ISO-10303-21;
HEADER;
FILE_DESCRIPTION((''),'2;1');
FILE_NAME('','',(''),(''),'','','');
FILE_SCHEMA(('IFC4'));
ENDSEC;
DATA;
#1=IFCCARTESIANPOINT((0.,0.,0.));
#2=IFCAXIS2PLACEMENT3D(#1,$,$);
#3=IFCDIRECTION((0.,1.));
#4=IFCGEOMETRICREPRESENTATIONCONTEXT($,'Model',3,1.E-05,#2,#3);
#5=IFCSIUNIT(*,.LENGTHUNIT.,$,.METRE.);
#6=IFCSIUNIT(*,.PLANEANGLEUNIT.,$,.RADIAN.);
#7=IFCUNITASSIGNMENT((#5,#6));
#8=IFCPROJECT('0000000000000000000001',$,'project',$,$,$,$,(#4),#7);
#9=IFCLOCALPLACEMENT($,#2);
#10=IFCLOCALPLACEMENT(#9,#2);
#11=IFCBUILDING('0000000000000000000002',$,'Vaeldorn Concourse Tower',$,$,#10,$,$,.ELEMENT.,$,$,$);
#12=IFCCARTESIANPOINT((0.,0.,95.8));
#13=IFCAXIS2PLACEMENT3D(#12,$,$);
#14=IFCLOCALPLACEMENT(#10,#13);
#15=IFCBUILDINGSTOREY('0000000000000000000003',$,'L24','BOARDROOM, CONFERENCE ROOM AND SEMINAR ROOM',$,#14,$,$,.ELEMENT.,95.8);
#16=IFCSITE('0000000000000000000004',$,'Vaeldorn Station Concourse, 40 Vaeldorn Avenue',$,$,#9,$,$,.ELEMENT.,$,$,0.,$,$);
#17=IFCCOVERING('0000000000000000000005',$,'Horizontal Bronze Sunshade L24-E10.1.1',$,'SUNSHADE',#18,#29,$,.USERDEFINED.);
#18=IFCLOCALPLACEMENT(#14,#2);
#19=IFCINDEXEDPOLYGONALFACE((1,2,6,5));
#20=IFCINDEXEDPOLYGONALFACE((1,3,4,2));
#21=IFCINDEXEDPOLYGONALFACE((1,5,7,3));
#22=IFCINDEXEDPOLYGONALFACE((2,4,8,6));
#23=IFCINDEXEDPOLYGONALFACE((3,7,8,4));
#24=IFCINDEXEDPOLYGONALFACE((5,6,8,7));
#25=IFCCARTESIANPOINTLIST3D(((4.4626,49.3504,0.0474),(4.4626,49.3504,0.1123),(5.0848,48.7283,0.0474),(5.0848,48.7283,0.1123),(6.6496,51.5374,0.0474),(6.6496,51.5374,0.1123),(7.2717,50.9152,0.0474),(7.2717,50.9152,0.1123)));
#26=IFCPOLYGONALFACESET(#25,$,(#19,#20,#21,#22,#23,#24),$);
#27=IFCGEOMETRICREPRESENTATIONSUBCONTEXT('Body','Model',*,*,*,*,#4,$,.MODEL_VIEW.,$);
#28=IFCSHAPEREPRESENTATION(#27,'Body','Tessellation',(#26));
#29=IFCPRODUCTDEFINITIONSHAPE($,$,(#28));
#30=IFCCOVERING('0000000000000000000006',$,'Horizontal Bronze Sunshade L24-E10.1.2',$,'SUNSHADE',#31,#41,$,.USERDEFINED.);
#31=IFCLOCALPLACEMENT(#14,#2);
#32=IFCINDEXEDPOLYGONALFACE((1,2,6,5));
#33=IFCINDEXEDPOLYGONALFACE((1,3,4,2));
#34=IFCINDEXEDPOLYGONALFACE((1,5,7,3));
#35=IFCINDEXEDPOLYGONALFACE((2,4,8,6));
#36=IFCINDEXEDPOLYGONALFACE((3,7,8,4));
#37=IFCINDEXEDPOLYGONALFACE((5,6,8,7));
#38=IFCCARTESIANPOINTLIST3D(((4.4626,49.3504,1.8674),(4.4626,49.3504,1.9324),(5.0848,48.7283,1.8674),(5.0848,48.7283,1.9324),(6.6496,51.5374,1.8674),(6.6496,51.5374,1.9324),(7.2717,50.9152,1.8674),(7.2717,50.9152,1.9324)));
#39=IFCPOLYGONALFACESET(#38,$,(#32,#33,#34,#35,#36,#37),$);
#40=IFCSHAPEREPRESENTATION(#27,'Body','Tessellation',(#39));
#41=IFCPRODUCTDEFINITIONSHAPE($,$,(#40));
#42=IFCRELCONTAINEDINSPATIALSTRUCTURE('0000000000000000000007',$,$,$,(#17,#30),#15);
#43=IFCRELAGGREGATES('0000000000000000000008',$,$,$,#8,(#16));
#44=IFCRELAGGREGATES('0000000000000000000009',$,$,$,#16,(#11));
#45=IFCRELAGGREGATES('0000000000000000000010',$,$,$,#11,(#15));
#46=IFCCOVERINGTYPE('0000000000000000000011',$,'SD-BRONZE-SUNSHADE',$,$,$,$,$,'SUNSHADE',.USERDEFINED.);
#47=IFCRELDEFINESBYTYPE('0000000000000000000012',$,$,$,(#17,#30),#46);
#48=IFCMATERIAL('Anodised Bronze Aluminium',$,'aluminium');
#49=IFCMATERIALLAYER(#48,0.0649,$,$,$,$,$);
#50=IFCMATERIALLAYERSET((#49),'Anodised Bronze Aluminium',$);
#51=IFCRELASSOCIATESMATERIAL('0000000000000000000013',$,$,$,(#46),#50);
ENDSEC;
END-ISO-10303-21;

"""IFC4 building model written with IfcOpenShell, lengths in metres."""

from ifc_helpers import new_model, si_unit, direction, frame, origin, origin_2d, place, context, subcontext, project, spatial, rectangle, extrude, source, transform, mapped, material, layer, layer_set, type_object, element, save


model = new_model("IFC4")

# Units and contexts
model_context = context("Model", 3, precision=1e-05, world=origin(), true_north=direction((0.0, 1.0)))
body_context = subcontext(model_context, "Body", "Model", "MODEL_VIEW")
ifc_project = project(units=[si_unit("LENGTHUNIT", "METRE"), si_unit("PLANEANGLEUNIT", "RADIAN")], contexts=[model_context])

# Site, building, storey
site_placement = place(None, origin())
site = spatial("IfcSite", under=ifc_project, at=site_placement, Name="Vaeldorn Station Concourse, 40 Vaeldorn Avenue", CompositionType="ELEMENT", RefElevation=0.0)
building_placement = place(site_placement, origin())
building = spatial("IfcBuilding", under=site, at=building_placement, Name="Vaeldorn Concourse Tower", CompositionType="ELEMENT")
storey_placement = place(building_placement, frame((0.0, 0.0, 95.8)))
storey = spatial("IfcBuildingStorey", under=building, at=storey_placement, Name="L24", Description="BOARDROOM, CONFERENCE ROOM AND SEMINAR ROOM", CompositionType="ELEMENT", Elevation=95.8)

# Shared definitions
ifc_material_1 = material(Name="Anodised Bronze Aluminium", Category="aluminium")

# Coverings
ifc_layer_1 = layer(ifc_material_1, 0.0649)
ifc_layer_set_1 = layer_set([ifc_layer_1], Name="Anodised Bronze Aluminium")
covering_type = type_object("IfcCoveringType", Name="SD-BRONZE-SUNSHADE", ElementType="SUNSHADE", PredefinedType="USERDEFINED", material=ifc_layer_set_1)
shared_shape_1 = source(origin(), body_context, "Body", "SweptSolid", [
    extrude(rectangle(XDim=3.0928, YDim=0.8799, at=origin_2d()), origin(), (0.0, 0.0, 1.0), 0.0649),
])
for number, where, z_axis, x_axis, name in (
    (1, (5.8672, 50.1328, 0.0474), (0.0, 0.0, 1.0), (-0.707107, -0.707107, 0.0), "Horizontal Bronze Sunshade L24-E10.1.1"),
    (2, (5.8672, 50.1328, 1.8674), (0.0, 0.0, 1.0), (-0.707107, -0.707107, 0.0), "Horizontal Bronze Sunshade L24-E10.1.2"),
):
    element("IfcCovering", number, at=place(storey_placement, frame(where, z_axis=z_axis, x_axis=x_axis)), inside=storey, type_object=covering_type, Name=name, ObjectType="SUNSHADE", PredefinedType="USERDEFINED", context=body_context, shape_type="MappedRepresentation", body=[
        mapped(shared_shape_1, transform((0.0, 0.0, 0.0), scale=1.0)),
    ])

save(model, "model.ifc")
